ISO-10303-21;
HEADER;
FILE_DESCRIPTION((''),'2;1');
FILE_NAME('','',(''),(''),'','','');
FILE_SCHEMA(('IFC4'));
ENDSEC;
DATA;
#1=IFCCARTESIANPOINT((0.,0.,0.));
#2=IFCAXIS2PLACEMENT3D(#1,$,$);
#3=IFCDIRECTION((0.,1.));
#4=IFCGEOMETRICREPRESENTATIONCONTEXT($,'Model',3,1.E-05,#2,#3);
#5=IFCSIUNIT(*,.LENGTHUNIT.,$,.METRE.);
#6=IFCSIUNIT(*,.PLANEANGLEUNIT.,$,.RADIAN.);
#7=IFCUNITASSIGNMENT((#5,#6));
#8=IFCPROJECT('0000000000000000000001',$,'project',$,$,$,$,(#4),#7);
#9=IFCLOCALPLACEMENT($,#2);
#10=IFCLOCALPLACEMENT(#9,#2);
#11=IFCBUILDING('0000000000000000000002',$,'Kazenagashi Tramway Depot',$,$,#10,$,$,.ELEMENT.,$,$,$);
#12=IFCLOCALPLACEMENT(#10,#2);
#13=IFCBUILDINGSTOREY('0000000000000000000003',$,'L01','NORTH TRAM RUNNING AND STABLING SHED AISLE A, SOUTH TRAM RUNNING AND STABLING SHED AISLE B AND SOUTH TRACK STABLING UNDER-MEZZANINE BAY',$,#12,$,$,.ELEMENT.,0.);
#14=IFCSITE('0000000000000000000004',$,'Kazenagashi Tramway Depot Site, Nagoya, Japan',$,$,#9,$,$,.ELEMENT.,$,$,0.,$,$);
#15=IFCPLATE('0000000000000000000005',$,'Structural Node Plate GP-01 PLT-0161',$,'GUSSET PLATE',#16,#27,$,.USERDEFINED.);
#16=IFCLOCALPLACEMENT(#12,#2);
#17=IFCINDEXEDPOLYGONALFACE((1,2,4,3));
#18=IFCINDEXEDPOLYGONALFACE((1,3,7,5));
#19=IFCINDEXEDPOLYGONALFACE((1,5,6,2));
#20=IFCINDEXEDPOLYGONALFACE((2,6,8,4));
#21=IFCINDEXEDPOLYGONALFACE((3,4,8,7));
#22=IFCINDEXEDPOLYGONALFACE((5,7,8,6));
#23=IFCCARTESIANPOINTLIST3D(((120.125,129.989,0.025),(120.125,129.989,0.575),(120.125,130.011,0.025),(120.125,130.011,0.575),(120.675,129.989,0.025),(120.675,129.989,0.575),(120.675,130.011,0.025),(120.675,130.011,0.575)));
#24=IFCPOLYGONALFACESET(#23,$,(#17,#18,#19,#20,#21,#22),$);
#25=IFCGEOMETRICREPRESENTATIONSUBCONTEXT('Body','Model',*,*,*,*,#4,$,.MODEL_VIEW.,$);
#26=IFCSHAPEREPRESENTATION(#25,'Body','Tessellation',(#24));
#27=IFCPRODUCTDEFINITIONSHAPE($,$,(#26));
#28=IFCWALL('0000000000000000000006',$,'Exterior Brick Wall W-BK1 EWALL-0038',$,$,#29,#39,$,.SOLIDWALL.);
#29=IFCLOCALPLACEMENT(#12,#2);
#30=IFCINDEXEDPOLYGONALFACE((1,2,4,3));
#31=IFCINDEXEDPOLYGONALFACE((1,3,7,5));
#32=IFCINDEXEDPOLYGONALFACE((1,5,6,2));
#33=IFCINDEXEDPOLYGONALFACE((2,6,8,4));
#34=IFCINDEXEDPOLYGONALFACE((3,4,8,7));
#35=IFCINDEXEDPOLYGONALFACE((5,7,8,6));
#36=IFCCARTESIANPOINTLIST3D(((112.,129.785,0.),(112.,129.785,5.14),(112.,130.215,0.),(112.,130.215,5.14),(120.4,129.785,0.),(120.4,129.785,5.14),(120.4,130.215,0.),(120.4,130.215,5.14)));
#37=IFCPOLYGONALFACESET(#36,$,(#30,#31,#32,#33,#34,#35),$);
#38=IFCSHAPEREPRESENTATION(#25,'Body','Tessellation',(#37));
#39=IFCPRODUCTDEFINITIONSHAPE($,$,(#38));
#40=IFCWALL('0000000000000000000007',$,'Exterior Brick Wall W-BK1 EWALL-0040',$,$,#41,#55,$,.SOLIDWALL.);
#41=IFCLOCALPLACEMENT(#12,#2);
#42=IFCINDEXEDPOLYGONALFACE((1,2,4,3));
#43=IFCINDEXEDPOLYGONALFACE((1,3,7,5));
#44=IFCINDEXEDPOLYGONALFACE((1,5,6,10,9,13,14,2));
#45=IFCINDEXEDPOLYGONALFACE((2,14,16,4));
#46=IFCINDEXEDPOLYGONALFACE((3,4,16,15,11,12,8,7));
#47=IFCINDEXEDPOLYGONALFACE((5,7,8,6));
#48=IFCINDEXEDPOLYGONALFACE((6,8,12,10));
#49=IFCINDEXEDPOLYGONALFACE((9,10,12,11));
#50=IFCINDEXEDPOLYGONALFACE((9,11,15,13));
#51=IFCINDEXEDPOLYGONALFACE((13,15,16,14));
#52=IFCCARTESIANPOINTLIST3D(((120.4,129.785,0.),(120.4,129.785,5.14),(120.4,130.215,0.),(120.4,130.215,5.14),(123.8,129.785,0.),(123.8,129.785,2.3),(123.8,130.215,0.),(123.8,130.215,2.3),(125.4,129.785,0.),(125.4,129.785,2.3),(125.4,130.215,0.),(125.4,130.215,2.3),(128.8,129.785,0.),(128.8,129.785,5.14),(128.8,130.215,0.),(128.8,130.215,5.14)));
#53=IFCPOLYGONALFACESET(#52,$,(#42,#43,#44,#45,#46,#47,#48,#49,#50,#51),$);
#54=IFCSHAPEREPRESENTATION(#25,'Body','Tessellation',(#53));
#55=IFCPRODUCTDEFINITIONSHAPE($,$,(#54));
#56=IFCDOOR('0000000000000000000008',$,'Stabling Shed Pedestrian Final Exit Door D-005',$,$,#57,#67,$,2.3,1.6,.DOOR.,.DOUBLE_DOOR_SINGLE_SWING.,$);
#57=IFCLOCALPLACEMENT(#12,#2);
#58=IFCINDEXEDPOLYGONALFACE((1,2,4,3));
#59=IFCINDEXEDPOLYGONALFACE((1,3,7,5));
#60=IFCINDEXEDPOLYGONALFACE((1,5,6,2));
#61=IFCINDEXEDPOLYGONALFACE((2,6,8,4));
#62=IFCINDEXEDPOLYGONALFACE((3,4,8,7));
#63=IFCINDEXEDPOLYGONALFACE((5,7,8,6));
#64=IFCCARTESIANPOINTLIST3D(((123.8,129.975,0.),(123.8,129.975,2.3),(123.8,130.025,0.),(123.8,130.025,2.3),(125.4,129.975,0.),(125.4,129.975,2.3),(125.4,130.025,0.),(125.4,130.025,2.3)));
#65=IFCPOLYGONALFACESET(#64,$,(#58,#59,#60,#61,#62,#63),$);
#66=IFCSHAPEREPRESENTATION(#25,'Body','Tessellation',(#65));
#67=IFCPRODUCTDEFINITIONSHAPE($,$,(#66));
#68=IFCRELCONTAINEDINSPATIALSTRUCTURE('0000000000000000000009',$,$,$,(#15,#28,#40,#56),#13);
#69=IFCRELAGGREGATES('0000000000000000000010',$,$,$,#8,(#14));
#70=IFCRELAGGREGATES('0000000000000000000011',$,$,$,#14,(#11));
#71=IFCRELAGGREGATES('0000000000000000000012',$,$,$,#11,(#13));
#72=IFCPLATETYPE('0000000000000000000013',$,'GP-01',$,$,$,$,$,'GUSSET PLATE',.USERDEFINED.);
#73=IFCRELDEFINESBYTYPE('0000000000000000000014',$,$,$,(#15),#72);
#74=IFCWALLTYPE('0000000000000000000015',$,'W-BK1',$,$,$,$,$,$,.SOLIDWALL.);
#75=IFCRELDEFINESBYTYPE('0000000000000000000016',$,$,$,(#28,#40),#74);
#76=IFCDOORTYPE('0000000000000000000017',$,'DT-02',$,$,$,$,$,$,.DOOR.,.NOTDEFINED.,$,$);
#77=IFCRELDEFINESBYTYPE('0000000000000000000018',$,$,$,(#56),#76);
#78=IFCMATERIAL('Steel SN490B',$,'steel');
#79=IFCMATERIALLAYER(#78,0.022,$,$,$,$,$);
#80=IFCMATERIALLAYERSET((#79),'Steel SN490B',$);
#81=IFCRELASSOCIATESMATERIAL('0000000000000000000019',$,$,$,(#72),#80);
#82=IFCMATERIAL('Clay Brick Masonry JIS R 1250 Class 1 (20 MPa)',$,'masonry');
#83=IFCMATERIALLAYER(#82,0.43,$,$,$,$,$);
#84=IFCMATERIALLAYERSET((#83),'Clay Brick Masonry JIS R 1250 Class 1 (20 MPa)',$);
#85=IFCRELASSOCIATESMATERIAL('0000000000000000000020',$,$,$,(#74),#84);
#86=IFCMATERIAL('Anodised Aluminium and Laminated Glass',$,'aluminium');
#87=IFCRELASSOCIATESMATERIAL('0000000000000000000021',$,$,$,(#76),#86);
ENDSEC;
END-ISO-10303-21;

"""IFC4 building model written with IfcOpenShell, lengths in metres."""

from ifc_helpers import new_model, si_unit, direction, frame, frame_2d, origin, origin_2d, place, context, subcontext, project, spatial, rectangle, extrude, material, layer, layer_set, type_object, element, fill, save


model = new_model("IFC4")

# Units and contexts
model_context = context("Model", 3, precision=1e-05, world=origin(), true_north=direction((0.0, 1.0)))
body_context = subcontext(model_context, "Body", "Model", "MODEL_VIEW")
ifc_project = project(units=[si_unit("LENGTHUNIT", "METRE"), si_unit("PLANEANGLEUNIT", "RADIAN")], contexts=[model_context])

# Site, building, storey
site_placement = place(None, origin())
site = spatial("IfcSite", under=ifc_project, at=site_placement, Name="Kazenagashi Tramway Depot Site, Nagoya, Japan", CompositionType="ELEMENT", RefElevation=0.0)
building_placement = place(site_placement, origin())
building = spatial("IfcBuilding", under=site, at=building_placement, Name="Kazenagashi Tramway Depot", CompositionType="ELEMENT")
storey_placement = place(building_placement, origin())
storey = spatial("IfcBuildingStorey", under=building, at=storey_placement, Name="L01", Description="NORTH TRAM RUNNING AND STABLING SHED AISLE A, SOUTH TRAM RUNNING AND STABLING SHED AISLE B AND SOUTH TRACK STABLING UNDER-MEZZANINE BAY", CompositionType="ELEMENT", Elevation=0.0)

# Shared definitions
ifc_material_1 = material(Name="Steel SN490B", Category="steel")

# Plate
ifc_layer_1 = layer(ifc_material_1, 0.022)
ifc_layer_set_1 = layer_set([ifc_layer_1], Name="Steel SN490B")
plate_type_1 = type_object("IfcPlateType", Name="GP-01", ElementType="GUSSET PLATE", PredefinedType="USERDEFINED", material=ifc_layer_set_1)
for number, where, z_axis, x_axis, name in (
    (1, (120.4, 130.0, 0.025), (0.0, 0.0, 1.0), (1.0, 0.0, 0.0), "Structural Node Plate GP-01 PLT-0161"),
):
    element("IfcPlate", number, at=place(storey_placement, frame(where, z_axis=z_axis, x_axis=x_axis)), inside=storey, type_object=plate_type_1, Name=name, ObjectType="GUSSET PLATE", PredefinedType="USERDEFINED", context=body_context, shape_type="SweptSolid", body=[
        extrude(rectangle(XDim=0.55, YDim=0.022, at=origin_2d()), origin(), (0.0, 0.0, 1.0), 0.55),
    ])

# Wall
ifc_material_2 = material(Name="Clay Brick Masonry JIS R 1250 Class 1 (20 MPa)", Category="masonry")
ifc_layer_2 = layer(ifc_material_2, 0.43)
ifc_layer_set_2 = layer_set([ifc_layer_2], Name="Clay Brick Masonry JIS R 1250 Class 1 (20 MPa)")
wall_type = type_object("IfcWallType", Name="W-BK1", PredefinedType="SOLIDWALL", material=ifc_layer_set_2)
wall_1_placement = place(storey_placement, frame((112.0, 130.0, 0.0), z_axis=(0.0, 0.0, 1.0), x_axis=(1.0, 0.0, 0.0)))
element("IfcWall", 2, at=wall_1_placement, inside=storey, type_object=wall_type, Name="Exterior Brick Wall W-BK1 EWALL-0038", PredefinedType="SOLIDWALL", context=body_context, shape_type="SweptSolid", body=[
    extrude(rectangle(XDim=8.4, YDim=0.43, at=frame_2d((4.2, 0.0))), origin(), (0.0, 0.0, 1.0), 5.14),
])

# Wall, opening, door
wall_2_placement = place(storey_placement, frame((120.4, 130.0, 0.0), z_axis=(0.0, 0.0, 1.0), x_axis=(1.0, 0.0, 0.0)))
wall_2 = element("IfcWall", 3, at=wall_2_placement, inside=storey, type_object=wall_type, Name="Exterior Brick Wall W-BK1 EWALL-0040", PredefinedType="SOLIDWALL", context=body_context, shape_type="SweptSolid", body=[
    extrude(rectangle(XDim=8.4, YDim=0.43, at=frame_2d((4.2, 0.0))), origin(), (0.0, 0.0, 1.0), 5.14),
])
opening_placement = place(wall_2_placement, frame((3.4, 0.0, 0.0)))
opening = element("IfcOpeningElement", 4, at=opening_placement, cuts=wall_2, PredefinedType="OPENING", context=body_context, shape_type="SweptSolid", body=[
    extrude(rectangle(XDim=1.6, YDim=2.3, at=frame_2d((0.8, 1.15))), frame((0.0, 0.225, 0.0), z_axis=(0.0, -1.0, 0.0), x_axis=(1.0, 0.0, 0.0)), (0.0, 0.0, 1.0), 0.45),
])
ifc_material_3 = material(Name="Anodised Aluminium and Laminated Glass", Category="aluminium")
door_type = type_object("IfcDoorType", Name="DT-02", OperationType="NOTDEFINED", PredefinedType="DOOR", material=ifc_material_3)
door_placement = place(opening_placement, origin())
door = element("IfcDoor", 5, at=door_placement, inside=storey, type_object=door_type, Name="Stabling Shed Pedestrian Final Exit Door D-005", OperationType="DOUBLE_DOOR_SINGLE_SWING", OverallHeight=2.3, OverallWidth=1.6, PredefinedType="DOOR", context=body_context, shape_type="SweptSolid", body=[
    extrude(rectangle(XDim=1.6, YDim=2.3, at=frame_2d((0.8, 1.15))), frame((0.0, 0.025, 0.0), z_axis=(0.0, -1.0, 0.0), x_axis=(1.0, 0.0, 0.0)), (0.0, 0.0, 1.0), 0.05),
])
fill(opening, door)

save(model, "model.ifc")
